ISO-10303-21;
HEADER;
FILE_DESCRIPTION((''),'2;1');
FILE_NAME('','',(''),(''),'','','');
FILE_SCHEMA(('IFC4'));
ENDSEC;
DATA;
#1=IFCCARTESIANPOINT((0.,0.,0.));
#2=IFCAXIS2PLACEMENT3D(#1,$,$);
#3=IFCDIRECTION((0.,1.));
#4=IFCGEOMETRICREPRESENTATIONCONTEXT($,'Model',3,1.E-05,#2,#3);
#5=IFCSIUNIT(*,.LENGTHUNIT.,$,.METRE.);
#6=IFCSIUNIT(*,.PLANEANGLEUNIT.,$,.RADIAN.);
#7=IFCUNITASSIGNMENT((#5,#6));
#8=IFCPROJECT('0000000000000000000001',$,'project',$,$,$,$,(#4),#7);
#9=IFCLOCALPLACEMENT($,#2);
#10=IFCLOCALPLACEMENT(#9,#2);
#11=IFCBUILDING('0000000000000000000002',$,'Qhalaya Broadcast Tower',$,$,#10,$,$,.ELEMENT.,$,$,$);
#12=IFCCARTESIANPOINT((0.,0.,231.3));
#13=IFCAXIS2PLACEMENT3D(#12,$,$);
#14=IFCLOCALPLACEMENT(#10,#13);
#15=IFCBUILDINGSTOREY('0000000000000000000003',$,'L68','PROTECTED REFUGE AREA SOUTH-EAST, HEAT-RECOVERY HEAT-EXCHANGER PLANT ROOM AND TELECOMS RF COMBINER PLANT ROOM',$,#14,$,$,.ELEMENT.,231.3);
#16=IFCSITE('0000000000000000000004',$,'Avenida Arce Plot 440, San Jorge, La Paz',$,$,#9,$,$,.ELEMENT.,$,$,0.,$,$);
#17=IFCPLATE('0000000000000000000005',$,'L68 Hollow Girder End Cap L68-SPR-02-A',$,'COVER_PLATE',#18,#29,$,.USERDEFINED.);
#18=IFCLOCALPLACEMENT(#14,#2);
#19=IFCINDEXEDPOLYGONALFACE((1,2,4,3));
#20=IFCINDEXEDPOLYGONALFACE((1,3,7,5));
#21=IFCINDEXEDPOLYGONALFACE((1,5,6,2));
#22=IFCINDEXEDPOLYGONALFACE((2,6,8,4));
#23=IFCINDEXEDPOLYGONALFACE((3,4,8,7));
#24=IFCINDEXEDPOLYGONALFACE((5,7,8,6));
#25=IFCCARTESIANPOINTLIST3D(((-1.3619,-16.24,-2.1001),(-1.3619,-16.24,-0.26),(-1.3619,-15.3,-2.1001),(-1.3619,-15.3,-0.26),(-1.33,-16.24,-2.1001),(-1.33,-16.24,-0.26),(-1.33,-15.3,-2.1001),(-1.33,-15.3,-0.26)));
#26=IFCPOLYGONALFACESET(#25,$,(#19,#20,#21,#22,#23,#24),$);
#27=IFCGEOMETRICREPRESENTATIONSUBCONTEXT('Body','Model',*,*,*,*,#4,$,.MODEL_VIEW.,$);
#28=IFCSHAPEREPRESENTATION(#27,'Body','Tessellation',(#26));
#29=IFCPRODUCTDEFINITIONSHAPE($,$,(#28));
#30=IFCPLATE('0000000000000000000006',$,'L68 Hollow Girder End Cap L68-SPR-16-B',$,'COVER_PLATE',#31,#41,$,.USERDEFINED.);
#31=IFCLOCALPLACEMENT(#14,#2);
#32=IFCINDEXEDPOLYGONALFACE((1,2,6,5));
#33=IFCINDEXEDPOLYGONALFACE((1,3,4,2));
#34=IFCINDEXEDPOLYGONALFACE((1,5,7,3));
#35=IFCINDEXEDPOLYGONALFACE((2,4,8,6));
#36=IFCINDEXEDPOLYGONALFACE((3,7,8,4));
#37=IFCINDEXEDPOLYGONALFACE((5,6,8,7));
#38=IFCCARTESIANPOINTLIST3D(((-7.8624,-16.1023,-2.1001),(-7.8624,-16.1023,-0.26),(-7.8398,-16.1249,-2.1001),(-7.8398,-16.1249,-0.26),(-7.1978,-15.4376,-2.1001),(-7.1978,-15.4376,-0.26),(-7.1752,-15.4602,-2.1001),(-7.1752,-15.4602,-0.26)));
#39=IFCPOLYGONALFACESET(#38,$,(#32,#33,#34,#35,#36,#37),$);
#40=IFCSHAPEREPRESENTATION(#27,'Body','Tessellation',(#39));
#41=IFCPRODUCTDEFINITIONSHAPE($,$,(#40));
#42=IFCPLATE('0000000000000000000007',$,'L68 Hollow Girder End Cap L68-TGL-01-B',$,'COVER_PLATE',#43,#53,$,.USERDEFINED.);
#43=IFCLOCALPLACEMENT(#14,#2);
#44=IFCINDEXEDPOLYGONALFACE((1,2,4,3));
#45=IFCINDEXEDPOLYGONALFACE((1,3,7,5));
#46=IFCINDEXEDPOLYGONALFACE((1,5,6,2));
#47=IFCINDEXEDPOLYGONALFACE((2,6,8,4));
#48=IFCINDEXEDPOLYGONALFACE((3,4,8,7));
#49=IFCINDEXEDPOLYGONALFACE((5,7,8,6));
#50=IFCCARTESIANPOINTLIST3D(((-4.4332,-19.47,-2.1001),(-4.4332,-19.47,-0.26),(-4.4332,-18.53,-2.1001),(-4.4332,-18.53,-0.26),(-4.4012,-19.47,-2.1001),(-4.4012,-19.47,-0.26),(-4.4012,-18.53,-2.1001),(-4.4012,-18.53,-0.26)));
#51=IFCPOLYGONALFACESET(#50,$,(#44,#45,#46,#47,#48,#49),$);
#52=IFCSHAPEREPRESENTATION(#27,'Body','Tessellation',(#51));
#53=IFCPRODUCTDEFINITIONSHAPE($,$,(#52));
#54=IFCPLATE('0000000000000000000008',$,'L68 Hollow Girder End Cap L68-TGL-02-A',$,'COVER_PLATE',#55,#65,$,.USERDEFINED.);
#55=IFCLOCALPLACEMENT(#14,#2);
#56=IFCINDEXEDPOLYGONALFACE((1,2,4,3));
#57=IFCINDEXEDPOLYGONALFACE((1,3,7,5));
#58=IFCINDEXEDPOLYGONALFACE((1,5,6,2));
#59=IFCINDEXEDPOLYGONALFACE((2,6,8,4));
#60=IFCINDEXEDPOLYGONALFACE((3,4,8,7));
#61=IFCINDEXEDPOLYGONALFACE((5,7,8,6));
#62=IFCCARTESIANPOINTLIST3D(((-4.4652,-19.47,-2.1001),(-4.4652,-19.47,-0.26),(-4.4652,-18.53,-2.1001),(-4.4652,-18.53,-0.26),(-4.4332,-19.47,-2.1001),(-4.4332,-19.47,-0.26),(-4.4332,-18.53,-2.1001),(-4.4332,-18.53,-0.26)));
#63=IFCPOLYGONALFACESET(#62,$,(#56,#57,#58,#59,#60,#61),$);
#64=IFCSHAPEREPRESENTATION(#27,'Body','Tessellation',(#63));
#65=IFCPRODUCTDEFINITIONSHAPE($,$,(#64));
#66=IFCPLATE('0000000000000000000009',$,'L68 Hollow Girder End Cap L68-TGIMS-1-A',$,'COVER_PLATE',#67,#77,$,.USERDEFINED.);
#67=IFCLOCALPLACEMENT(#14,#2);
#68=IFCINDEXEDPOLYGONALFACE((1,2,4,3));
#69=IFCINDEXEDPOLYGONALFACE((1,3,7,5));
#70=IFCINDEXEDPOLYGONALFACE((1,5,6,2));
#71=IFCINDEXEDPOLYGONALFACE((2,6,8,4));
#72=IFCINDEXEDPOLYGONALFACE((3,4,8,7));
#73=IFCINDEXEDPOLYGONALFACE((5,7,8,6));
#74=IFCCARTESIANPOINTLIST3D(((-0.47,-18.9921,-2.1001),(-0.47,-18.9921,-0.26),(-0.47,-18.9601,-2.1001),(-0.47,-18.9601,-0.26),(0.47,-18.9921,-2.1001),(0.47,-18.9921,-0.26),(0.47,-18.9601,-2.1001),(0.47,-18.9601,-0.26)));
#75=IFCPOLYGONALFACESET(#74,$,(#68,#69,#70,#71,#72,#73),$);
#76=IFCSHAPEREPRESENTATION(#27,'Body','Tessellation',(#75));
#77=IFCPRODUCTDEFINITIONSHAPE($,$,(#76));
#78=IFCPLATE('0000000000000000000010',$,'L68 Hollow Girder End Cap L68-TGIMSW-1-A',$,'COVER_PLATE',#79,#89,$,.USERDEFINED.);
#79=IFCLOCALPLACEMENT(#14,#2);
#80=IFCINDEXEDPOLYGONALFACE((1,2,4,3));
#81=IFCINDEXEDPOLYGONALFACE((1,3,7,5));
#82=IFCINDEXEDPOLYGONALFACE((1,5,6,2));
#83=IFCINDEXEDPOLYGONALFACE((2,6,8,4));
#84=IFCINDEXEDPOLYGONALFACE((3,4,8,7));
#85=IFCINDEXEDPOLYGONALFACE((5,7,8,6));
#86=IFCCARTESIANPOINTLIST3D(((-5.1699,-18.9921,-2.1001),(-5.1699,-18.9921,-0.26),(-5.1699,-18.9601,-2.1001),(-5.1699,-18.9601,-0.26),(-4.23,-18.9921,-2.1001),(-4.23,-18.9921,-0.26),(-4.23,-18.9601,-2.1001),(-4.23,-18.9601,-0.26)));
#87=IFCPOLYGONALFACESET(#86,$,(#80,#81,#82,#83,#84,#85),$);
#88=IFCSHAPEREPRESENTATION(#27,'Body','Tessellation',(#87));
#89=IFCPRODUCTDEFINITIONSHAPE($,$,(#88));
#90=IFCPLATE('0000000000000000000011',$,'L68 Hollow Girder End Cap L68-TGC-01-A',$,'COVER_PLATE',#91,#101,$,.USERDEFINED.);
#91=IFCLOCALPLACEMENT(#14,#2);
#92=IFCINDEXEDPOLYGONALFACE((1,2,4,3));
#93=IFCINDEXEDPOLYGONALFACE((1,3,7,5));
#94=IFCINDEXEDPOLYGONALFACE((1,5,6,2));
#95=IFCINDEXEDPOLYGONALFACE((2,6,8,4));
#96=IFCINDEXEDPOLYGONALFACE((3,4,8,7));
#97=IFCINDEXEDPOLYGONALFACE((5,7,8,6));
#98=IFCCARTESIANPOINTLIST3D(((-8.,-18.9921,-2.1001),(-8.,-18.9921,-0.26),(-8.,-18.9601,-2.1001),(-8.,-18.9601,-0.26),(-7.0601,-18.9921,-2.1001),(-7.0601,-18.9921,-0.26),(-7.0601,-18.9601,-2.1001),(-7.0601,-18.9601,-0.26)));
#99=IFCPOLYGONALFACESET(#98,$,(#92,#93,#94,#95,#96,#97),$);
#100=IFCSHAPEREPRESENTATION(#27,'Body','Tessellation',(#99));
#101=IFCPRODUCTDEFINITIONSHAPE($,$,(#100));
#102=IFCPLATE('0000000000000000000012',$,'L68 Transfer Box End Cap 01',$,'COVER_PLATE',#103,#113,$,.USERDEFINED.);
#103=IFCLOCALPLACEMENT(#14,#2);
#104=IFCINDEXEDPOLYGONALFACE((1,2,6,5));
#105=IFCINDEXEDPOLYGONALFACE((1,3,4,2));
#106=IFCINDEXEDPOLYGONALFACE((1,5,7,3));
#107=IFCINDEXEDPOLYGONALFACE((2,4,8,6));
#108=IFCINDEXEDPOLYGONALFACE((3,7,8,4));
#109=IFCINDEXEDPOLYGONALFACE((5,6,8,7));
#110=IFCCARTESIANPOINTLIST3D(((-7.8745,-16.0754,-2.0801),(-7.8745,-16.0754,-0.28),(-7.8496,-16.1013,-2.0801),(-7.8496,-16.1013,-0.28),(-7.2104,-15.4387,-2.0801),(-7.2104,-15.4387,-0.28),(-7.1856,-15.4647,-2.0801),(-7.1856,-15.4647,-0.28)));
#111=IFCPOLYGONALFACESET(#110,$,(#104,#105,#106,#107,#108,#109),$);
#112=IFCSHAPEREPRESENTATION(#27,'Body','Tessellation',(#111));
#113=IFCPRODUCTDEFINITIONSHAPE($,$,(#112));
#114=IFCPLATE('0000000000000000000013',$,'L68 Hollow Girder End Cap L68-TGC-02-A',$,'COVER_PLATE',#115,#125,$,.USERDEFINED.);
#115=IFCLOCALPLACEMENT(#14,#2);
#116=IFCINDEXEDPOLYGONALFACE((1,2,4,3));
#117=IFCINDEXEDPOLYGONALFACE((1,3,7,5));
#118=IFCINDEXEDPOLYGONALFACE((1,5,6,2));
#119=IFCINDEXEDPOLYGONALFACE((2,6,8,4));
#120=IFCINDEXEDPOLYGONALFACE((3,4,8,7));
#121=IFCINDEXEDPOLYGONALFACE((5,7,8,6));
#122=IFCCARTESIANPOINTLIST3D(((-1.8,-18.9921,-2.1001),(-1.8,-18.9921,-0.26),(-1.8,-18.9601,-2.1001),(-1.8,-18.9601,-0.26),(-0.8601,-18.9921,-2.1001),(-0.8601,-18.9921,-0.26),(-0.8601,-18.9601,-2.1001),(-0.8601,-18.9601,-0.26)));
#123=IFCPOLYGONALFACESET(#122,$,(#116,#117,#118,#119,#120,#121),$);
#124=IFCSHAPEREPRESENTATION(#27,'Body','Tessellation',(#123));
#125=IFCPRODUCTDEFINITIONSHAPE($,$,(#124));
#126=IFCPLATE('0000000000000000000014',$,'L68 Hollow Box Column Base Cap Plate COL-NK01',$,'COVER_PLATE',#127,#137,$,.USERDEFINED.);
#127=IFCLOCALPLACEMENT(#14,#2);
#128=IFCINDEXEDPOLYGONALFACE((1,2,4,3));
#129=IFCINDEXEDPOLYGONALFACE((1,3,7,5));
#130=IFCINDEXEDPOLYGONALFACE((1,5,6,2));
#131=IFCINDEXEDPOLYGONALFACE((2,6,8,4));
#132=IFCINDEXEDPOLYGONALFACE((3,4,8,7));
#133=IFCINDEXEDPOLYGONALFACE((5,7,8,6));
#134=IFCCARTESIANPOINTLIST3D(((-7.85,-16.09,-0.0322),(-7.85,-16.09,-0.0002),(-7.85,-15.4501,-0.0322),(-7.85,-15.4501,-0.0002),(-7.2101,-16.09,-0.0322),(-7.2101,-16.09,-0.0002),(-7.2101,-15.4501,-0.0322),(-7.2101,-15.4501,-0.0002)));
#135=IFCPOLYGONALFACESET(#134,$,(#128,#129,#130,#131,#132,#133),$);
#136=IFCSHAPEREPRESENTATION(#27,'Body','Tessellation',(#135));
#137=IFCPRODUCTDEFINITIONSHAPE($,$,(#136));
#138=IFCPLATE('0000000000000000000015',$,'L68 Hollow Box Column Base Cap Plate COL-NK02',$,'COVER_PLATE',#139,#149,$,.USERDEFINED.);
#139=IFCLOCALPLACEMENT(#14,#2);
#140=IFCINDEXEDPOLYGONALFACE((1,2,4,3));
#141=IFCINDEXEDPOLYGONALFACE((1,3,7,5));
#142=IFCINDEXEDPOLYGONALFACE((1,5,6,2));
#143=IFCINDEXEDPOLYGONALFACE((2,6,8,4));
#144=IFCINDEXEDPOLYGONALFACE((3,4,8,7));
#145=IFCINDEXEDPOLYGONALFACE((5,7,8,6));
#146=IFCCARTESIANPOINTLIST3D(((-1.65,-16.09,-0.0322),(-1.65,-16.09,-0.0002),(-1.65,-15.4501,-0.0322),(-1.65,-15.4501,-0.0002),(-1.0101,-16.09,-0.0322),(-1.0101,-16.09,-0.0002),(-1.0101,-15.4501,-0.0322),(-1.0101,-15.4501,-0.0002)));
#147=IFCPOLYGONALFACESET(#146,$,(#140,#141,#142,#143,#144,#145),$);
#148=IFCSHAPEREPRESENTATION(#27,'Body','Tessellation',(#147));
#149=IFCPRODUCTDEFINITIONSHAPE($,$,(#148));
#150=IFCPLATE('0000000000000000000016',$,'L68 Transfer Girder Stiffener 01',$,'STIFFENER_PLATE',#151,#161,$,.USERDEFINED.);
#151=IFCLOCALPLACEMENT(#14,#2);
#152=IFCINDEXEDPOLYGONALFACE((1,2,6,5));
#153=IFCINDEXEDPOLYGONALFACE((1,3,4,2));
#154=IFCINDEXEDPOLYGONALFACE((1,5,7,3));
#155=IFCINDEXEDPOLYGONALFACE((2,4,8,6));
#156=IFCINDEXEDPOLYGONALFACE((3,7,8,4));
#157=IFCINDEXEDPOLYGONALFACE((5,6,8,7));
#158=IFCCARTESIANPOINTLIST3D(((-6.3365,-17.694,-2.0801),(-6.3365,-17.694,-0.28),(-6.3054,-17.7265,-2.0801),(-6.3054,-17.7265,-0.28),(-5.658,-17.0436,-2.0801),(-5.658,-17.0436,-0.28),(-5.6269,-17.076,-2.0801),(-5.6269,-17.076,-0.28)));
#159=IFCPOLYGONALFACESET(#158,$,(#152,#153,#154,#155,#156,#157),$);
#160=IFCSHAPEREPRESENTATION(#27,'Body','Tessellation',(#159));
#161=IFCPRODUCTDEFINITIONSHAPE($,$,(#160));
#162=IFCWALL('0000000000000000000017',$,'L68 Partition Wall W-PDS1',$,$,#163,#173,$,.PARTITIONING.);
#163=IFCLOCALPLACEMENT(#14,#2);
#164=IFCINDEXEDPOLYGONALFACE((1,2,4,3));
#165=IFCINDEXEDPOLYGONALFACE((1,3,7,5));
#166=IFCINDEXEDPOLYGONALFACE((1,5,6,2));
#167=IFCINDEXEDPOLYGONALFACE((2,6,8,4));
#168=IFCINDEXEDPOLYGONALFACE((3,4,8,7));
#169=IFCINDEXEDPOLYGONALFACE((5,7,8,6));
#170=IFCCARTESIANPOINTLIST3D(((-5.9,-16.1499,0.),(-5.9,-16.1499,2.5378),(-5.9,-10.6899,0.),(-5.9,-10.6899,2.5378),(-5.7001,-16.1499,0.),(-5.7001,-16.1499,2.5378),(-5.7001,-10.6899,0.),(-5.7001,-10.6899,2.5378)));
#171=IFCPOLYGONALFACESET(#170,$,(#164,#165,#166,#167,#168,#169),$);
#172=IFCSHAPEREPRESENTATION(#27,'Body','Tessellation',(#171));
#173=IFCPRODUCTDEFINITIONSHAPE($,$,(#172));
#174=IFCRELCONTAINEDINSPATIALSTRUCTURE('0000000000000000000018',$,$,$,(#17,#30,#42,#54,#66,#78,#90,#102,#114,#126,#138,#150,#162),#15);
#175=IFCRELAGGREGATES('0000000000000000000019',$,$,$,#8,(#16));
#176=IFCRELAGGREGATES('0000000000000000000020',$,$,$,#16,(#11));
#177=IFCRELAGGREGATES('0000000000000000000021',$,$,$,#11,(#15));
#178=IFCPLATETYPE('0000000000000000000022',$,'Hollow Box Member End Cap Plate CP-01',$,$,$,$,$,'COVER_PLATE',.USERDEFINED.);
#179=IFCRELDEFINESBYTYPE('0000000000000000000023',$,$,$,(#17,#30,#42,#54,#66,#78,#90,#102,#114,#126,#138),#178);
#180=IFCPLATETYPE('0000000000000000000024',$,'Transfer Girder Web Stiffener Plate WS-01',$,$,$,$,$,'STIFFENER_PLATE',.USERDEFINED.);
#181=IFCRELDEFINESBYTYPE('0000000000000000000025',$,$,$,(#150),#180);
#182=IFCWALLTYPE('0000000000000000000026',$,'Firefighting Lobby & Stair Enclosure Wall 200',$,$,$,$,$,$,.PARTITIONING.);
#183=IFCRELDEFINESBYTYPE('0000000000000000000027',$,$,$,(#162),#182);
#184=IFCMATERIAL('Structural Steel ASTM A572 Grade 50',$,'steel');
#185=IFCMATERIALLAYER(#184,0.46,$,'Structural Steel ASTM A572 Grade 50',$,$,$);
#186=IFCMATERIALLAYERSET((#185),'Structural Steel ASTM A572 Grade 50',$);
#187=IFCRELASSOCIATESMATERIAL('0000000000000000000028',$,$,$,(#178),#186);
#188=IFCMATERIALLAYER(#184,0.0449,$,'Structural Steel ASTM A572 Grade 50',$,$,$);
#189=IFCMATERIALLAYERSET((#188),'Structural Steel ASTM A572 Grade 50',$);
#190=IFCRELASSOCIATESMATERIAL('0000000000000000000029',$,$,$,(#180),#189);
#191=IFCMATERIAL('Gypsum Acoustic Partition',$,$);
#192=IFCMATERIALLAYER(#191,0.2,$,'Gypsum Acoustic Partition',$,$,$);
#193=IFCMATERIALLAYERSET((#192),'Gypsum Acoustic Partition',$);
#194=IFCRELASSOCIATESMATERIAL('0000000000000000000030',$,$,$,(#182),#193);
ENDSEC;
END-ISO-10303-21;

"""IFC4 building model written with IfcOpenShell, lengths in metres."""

from ifc_helpers import new_model, si_unit, direction, frame, frame_2d, origin, origin_2d, place, context, subcontext, project, spatial, rectangle, extrude, material, layer, layer_set, type_object, element, save


model = new_model("IFC4")

# Units and contexts
model_context = context("Model", 3, precision=1e-05, world=origin(), true_north=direction((0.0, 1.0)))
body_context = subcontext(model_context, "Body", "Model", "MODEL_VIEW")
ifc_project = project(units=[si_unit("LENGTHUNIT", "METRE"), si_unit("PLANEANGLEUNIT", "RADIAN")], contexts=[model_context])

# Site, building, storey
site_placement = place(None, origin())
site = spatial("IfcSite", under=ifc_project, at=site_placement, Name="Avenida Arce Plot 440, San Jorge, La Paz", CompositionType="ELEMENT", RefElevation=0.0)
building_placement = place(site_placement, origin())
building = spatial("IfcBuilding", under=site, at=building_placement, Name="Qhalaya Broadcast Tower", CompositionType="ELEMENT")
storey_placement = place(building_placement, frame((0.0, 0.0, 231.3)))
storey = spatial("IfcBuildingStorey", under=building, at=storey_placement, Name="L68", Description="PROTECTED REFUGE AREA SOUTH-EAST, HEAT-RECOVERY HEAT-EXCHANGER PLANT ROOM AND TELECOMS RF COMBINER PLANT ROOM", CompositionType="ELEMENT", Elevation=231.3)

# Shared definitions
ifc_material_1 = material(Name="Structural Steel ASTM A572 Grade 50", Category="steel")

# Plates
ifc_layer_1 = layer(ifc_material_1, 0.46, Name="Structural Steel ASTM A572 Grade 50")
ifc_layer_set_1 = layer_set([ifc_layer_1], Name="Structural Steel ASTM A572 Grade 50")
plate_type_1 = type_object("IfcPlateType", Name="Hollow Box Member End Cap Plate CP-01", ElementType="COVER_PLATE", PredefinedType="USERDEFINED", material=ifc_layer_set_1)
for number, where, z_axis, x_axis, name in (
    (1, (-1.3459, -15.77, -2.1001), (0.0, 0.0, 1.0), (0.0, 1.0, 0.0), "L68 Hollow Girder End Cap L68-SPR-02-A"),
    (2, (-7.5188, -15.7812, -2.1001), (0.0, 0.0, 1.0), (0.707107, 0.707107, 0.0), "L68 Hollow Girder End Cap L68-SPR-16-B"),
    (3, (-4.4172, -19.0, -2.1001), (0.0, 0.0, 1.0), (0.0, 1.0, 0.0), "L68 Hollow Girder End Cap L68-TGL-01-B"),
    (4, (-4.4492, -19.0, -2.1001), (0.0, 0.0, 1.0), (0.0, 1.0, 0.0), "L68 Hollow Girder End Cap L68-TGL-02-A"),
    (5, (0.0, -18.9761, -2.1001), (0.0, 0.0, 1.0), (-1.0, 0.0, 0.0), "L68 Hollow Girder End Cap L68-TGIMS-1-A"),
    (6, (-4.7, -18.9761, -2.1001), (0.0, 0.0, 1.0), (-1.0, 0.0, 0.0), "L68 Hollow Girder End Cap L68-TGIMSW-1-A"),
    (7, (-7.53, -18.9761, -2.1001), (0.0, 0.0, 1.0), (-1.0, 0.0, 0.0), "L68 Hollow Girder End Cap L68-TGC-01-A"),
):
    element("IfcPlate", number, at=place(storey_placement, frame(where, z_axis=z_axis, x_axis=x_axis)), inside=storey, type_object=plate_type_1, Name=name, ObjectType="COVER_PLATE", PredefinedType="USERDEFINED", context=body_context, shape_type="SweptSolid", body=[
        extrude(rectangle(XDim=0.9399, YDim=0.032, at=origin_2d()), origin(), (0.0, 0.0, 1.0), 1.8401),
    ])
plate_1_placement = place(storey_placement, frame((-7.53, -15.77, -2.0801), z_axis=(0.0, 0.0, 1.0), x_axis=(-0.721845, -0.692055, 0.0)))
element("IfcPlate", 8, at=plate_1_placement, inside=storey, type_object=plate_type_1, Name="L68 Transfer Box End Cap 01", ObjectType="COVER_PLATE", PredefinedType="USERDEFINED", context=body_context, shape_type="SweptSolid", body=[
    extrude(rectangle(XDim=0.9199, YDim=0.0359, at=origin_2d()), origin(), (0.0, 0.0, 1.0), 1.8),
])
plate_2_placement = place(storey_placement, frame((-1.3301, -18.9761, -2.1001), z_axis=(0.0, 0.0, 1.0), x_axis=(-1.0, 0.0, 0.0)))
element("IfcPlate", 9, at=plate_2_placement, inside=storey, type_object=plate_type_1, Name="L68 Hollow Girder End Cap L68-TGC-02-A", ObjectType="COVER_PLATE", PredefinedType="USERDEFINED", context=body_context, shape_type="SweptSolid", body=[
    extrude(rectangle(XDim=0.9399, YDim=0.032, at=origin_2d()), origin(), (0.0, 0.0, 1.0), 1.8401),
])
for number, where, z_axis, x_axis, name in (
    (10, (-7.53, -15.77, -0.0322), (0.0, 0.0, 1.0), (1.0, 0.0, 0.0), "L68 Hollow Box Column Base Cap Plate COL-NK01"),
    (11, (-1.3301, -15.77, -0.0322), (0.0, 0.0, 1.0), (1.0, 0.0, 0.0), "L68 Hollow Box Column Base Cap Plate COL-NK02"),
):
    element("IfcPlate", number, at=place(storey_placement, frame(where, z_axis=z_axis, x_axis=x_axis)), inside=storey, type_object=plate_type_1, Name=name, ObjectType="COVER_PLATE", PredefinedType="USERDEFINED", context=body_context, shape_type="SweptSolid", body=[
        extrude(rectangle(XDim=0.6399, YDim=0.6399, at=origin_2d()), origin(), (0.0, 0.0, 1.0), 0.032),
    ])
ifc_layer_2 = layer(ifc_material_1, 0.0449, Name="Structural Steel ASTM A572 Grade 50")
ifc_layer_set_2 = layer_set([ifc_layer_2], Name="Structural Steel ASTM A572 Grade 50")
plate_type_2 = type_object("IfcPlateType", Name="Transfer Girder Web Stiffener Plate WS-01", ElementType="STIFFENER_PLATE", PredefinedType="USERDEFINED", material=ifc_layer_set_2)
plate_3_placement = place(storey_placement, frame((-5.9817, -17.385, -2.0801), z_axis=(0.0, 0.0, 1.0), x_axis=(-0.721845, -0.692055, 0.0)))
element("IfcPlate", 12, at=plate_3_placement, inside=storey, type_object=plate_type_2, Name="L68 Transfer Girder Stiffener 01", ObjectType="STIFFENER_PLATE", PredefinedType="USERDEFINED", context=body_context, shape_type="SweptSolid", body=[
    extrude(rectangle(XDim=0.9399, YDim=0.0449, at=origin_2d()), origin(), (0.0, 0.0, 1.0), 1.8),
])

# Wall
ifc_material_2 = material(Name="Gypsum Acoustic Partition")
ifc_layer_3 = layer(ifc_material_2, 0.2, Name="Gypsum Acoustic Partition")
ifc_layer_set_3 = layer_set([ifc_layer_3], Name="Gypsum Acoustic Partition")
wall_type = type_object("IfcWallType", Name="Firefighting Lobby & Stair Enclosure Wall 200", PredefinedType="PARTITIONING", material=ifc_layer_set_3)
wall_placement = place(storey_placement, frame((-5.8, -16.1499, 0.0), z_axis=(0.0, 0.0, 1.0), x_axis=(0.0, 1.0, 0.0)))
element("IfcWall", 13, at=wall_placement, inside=storey, type_object=wall_type, Name="L68 Partition Wall W-PDS1", PredefinedType="PARTITIONING", context=body_context, shape_type="SweptSolid", body=[
    extrude(rectangle(XDim=5.46, YDim=0.2, at=frame_2d((2.73, 0.0))), origin(), (0.0, 0.0, 1.0), 2.5378),
])

save(model, "model.ifc")
